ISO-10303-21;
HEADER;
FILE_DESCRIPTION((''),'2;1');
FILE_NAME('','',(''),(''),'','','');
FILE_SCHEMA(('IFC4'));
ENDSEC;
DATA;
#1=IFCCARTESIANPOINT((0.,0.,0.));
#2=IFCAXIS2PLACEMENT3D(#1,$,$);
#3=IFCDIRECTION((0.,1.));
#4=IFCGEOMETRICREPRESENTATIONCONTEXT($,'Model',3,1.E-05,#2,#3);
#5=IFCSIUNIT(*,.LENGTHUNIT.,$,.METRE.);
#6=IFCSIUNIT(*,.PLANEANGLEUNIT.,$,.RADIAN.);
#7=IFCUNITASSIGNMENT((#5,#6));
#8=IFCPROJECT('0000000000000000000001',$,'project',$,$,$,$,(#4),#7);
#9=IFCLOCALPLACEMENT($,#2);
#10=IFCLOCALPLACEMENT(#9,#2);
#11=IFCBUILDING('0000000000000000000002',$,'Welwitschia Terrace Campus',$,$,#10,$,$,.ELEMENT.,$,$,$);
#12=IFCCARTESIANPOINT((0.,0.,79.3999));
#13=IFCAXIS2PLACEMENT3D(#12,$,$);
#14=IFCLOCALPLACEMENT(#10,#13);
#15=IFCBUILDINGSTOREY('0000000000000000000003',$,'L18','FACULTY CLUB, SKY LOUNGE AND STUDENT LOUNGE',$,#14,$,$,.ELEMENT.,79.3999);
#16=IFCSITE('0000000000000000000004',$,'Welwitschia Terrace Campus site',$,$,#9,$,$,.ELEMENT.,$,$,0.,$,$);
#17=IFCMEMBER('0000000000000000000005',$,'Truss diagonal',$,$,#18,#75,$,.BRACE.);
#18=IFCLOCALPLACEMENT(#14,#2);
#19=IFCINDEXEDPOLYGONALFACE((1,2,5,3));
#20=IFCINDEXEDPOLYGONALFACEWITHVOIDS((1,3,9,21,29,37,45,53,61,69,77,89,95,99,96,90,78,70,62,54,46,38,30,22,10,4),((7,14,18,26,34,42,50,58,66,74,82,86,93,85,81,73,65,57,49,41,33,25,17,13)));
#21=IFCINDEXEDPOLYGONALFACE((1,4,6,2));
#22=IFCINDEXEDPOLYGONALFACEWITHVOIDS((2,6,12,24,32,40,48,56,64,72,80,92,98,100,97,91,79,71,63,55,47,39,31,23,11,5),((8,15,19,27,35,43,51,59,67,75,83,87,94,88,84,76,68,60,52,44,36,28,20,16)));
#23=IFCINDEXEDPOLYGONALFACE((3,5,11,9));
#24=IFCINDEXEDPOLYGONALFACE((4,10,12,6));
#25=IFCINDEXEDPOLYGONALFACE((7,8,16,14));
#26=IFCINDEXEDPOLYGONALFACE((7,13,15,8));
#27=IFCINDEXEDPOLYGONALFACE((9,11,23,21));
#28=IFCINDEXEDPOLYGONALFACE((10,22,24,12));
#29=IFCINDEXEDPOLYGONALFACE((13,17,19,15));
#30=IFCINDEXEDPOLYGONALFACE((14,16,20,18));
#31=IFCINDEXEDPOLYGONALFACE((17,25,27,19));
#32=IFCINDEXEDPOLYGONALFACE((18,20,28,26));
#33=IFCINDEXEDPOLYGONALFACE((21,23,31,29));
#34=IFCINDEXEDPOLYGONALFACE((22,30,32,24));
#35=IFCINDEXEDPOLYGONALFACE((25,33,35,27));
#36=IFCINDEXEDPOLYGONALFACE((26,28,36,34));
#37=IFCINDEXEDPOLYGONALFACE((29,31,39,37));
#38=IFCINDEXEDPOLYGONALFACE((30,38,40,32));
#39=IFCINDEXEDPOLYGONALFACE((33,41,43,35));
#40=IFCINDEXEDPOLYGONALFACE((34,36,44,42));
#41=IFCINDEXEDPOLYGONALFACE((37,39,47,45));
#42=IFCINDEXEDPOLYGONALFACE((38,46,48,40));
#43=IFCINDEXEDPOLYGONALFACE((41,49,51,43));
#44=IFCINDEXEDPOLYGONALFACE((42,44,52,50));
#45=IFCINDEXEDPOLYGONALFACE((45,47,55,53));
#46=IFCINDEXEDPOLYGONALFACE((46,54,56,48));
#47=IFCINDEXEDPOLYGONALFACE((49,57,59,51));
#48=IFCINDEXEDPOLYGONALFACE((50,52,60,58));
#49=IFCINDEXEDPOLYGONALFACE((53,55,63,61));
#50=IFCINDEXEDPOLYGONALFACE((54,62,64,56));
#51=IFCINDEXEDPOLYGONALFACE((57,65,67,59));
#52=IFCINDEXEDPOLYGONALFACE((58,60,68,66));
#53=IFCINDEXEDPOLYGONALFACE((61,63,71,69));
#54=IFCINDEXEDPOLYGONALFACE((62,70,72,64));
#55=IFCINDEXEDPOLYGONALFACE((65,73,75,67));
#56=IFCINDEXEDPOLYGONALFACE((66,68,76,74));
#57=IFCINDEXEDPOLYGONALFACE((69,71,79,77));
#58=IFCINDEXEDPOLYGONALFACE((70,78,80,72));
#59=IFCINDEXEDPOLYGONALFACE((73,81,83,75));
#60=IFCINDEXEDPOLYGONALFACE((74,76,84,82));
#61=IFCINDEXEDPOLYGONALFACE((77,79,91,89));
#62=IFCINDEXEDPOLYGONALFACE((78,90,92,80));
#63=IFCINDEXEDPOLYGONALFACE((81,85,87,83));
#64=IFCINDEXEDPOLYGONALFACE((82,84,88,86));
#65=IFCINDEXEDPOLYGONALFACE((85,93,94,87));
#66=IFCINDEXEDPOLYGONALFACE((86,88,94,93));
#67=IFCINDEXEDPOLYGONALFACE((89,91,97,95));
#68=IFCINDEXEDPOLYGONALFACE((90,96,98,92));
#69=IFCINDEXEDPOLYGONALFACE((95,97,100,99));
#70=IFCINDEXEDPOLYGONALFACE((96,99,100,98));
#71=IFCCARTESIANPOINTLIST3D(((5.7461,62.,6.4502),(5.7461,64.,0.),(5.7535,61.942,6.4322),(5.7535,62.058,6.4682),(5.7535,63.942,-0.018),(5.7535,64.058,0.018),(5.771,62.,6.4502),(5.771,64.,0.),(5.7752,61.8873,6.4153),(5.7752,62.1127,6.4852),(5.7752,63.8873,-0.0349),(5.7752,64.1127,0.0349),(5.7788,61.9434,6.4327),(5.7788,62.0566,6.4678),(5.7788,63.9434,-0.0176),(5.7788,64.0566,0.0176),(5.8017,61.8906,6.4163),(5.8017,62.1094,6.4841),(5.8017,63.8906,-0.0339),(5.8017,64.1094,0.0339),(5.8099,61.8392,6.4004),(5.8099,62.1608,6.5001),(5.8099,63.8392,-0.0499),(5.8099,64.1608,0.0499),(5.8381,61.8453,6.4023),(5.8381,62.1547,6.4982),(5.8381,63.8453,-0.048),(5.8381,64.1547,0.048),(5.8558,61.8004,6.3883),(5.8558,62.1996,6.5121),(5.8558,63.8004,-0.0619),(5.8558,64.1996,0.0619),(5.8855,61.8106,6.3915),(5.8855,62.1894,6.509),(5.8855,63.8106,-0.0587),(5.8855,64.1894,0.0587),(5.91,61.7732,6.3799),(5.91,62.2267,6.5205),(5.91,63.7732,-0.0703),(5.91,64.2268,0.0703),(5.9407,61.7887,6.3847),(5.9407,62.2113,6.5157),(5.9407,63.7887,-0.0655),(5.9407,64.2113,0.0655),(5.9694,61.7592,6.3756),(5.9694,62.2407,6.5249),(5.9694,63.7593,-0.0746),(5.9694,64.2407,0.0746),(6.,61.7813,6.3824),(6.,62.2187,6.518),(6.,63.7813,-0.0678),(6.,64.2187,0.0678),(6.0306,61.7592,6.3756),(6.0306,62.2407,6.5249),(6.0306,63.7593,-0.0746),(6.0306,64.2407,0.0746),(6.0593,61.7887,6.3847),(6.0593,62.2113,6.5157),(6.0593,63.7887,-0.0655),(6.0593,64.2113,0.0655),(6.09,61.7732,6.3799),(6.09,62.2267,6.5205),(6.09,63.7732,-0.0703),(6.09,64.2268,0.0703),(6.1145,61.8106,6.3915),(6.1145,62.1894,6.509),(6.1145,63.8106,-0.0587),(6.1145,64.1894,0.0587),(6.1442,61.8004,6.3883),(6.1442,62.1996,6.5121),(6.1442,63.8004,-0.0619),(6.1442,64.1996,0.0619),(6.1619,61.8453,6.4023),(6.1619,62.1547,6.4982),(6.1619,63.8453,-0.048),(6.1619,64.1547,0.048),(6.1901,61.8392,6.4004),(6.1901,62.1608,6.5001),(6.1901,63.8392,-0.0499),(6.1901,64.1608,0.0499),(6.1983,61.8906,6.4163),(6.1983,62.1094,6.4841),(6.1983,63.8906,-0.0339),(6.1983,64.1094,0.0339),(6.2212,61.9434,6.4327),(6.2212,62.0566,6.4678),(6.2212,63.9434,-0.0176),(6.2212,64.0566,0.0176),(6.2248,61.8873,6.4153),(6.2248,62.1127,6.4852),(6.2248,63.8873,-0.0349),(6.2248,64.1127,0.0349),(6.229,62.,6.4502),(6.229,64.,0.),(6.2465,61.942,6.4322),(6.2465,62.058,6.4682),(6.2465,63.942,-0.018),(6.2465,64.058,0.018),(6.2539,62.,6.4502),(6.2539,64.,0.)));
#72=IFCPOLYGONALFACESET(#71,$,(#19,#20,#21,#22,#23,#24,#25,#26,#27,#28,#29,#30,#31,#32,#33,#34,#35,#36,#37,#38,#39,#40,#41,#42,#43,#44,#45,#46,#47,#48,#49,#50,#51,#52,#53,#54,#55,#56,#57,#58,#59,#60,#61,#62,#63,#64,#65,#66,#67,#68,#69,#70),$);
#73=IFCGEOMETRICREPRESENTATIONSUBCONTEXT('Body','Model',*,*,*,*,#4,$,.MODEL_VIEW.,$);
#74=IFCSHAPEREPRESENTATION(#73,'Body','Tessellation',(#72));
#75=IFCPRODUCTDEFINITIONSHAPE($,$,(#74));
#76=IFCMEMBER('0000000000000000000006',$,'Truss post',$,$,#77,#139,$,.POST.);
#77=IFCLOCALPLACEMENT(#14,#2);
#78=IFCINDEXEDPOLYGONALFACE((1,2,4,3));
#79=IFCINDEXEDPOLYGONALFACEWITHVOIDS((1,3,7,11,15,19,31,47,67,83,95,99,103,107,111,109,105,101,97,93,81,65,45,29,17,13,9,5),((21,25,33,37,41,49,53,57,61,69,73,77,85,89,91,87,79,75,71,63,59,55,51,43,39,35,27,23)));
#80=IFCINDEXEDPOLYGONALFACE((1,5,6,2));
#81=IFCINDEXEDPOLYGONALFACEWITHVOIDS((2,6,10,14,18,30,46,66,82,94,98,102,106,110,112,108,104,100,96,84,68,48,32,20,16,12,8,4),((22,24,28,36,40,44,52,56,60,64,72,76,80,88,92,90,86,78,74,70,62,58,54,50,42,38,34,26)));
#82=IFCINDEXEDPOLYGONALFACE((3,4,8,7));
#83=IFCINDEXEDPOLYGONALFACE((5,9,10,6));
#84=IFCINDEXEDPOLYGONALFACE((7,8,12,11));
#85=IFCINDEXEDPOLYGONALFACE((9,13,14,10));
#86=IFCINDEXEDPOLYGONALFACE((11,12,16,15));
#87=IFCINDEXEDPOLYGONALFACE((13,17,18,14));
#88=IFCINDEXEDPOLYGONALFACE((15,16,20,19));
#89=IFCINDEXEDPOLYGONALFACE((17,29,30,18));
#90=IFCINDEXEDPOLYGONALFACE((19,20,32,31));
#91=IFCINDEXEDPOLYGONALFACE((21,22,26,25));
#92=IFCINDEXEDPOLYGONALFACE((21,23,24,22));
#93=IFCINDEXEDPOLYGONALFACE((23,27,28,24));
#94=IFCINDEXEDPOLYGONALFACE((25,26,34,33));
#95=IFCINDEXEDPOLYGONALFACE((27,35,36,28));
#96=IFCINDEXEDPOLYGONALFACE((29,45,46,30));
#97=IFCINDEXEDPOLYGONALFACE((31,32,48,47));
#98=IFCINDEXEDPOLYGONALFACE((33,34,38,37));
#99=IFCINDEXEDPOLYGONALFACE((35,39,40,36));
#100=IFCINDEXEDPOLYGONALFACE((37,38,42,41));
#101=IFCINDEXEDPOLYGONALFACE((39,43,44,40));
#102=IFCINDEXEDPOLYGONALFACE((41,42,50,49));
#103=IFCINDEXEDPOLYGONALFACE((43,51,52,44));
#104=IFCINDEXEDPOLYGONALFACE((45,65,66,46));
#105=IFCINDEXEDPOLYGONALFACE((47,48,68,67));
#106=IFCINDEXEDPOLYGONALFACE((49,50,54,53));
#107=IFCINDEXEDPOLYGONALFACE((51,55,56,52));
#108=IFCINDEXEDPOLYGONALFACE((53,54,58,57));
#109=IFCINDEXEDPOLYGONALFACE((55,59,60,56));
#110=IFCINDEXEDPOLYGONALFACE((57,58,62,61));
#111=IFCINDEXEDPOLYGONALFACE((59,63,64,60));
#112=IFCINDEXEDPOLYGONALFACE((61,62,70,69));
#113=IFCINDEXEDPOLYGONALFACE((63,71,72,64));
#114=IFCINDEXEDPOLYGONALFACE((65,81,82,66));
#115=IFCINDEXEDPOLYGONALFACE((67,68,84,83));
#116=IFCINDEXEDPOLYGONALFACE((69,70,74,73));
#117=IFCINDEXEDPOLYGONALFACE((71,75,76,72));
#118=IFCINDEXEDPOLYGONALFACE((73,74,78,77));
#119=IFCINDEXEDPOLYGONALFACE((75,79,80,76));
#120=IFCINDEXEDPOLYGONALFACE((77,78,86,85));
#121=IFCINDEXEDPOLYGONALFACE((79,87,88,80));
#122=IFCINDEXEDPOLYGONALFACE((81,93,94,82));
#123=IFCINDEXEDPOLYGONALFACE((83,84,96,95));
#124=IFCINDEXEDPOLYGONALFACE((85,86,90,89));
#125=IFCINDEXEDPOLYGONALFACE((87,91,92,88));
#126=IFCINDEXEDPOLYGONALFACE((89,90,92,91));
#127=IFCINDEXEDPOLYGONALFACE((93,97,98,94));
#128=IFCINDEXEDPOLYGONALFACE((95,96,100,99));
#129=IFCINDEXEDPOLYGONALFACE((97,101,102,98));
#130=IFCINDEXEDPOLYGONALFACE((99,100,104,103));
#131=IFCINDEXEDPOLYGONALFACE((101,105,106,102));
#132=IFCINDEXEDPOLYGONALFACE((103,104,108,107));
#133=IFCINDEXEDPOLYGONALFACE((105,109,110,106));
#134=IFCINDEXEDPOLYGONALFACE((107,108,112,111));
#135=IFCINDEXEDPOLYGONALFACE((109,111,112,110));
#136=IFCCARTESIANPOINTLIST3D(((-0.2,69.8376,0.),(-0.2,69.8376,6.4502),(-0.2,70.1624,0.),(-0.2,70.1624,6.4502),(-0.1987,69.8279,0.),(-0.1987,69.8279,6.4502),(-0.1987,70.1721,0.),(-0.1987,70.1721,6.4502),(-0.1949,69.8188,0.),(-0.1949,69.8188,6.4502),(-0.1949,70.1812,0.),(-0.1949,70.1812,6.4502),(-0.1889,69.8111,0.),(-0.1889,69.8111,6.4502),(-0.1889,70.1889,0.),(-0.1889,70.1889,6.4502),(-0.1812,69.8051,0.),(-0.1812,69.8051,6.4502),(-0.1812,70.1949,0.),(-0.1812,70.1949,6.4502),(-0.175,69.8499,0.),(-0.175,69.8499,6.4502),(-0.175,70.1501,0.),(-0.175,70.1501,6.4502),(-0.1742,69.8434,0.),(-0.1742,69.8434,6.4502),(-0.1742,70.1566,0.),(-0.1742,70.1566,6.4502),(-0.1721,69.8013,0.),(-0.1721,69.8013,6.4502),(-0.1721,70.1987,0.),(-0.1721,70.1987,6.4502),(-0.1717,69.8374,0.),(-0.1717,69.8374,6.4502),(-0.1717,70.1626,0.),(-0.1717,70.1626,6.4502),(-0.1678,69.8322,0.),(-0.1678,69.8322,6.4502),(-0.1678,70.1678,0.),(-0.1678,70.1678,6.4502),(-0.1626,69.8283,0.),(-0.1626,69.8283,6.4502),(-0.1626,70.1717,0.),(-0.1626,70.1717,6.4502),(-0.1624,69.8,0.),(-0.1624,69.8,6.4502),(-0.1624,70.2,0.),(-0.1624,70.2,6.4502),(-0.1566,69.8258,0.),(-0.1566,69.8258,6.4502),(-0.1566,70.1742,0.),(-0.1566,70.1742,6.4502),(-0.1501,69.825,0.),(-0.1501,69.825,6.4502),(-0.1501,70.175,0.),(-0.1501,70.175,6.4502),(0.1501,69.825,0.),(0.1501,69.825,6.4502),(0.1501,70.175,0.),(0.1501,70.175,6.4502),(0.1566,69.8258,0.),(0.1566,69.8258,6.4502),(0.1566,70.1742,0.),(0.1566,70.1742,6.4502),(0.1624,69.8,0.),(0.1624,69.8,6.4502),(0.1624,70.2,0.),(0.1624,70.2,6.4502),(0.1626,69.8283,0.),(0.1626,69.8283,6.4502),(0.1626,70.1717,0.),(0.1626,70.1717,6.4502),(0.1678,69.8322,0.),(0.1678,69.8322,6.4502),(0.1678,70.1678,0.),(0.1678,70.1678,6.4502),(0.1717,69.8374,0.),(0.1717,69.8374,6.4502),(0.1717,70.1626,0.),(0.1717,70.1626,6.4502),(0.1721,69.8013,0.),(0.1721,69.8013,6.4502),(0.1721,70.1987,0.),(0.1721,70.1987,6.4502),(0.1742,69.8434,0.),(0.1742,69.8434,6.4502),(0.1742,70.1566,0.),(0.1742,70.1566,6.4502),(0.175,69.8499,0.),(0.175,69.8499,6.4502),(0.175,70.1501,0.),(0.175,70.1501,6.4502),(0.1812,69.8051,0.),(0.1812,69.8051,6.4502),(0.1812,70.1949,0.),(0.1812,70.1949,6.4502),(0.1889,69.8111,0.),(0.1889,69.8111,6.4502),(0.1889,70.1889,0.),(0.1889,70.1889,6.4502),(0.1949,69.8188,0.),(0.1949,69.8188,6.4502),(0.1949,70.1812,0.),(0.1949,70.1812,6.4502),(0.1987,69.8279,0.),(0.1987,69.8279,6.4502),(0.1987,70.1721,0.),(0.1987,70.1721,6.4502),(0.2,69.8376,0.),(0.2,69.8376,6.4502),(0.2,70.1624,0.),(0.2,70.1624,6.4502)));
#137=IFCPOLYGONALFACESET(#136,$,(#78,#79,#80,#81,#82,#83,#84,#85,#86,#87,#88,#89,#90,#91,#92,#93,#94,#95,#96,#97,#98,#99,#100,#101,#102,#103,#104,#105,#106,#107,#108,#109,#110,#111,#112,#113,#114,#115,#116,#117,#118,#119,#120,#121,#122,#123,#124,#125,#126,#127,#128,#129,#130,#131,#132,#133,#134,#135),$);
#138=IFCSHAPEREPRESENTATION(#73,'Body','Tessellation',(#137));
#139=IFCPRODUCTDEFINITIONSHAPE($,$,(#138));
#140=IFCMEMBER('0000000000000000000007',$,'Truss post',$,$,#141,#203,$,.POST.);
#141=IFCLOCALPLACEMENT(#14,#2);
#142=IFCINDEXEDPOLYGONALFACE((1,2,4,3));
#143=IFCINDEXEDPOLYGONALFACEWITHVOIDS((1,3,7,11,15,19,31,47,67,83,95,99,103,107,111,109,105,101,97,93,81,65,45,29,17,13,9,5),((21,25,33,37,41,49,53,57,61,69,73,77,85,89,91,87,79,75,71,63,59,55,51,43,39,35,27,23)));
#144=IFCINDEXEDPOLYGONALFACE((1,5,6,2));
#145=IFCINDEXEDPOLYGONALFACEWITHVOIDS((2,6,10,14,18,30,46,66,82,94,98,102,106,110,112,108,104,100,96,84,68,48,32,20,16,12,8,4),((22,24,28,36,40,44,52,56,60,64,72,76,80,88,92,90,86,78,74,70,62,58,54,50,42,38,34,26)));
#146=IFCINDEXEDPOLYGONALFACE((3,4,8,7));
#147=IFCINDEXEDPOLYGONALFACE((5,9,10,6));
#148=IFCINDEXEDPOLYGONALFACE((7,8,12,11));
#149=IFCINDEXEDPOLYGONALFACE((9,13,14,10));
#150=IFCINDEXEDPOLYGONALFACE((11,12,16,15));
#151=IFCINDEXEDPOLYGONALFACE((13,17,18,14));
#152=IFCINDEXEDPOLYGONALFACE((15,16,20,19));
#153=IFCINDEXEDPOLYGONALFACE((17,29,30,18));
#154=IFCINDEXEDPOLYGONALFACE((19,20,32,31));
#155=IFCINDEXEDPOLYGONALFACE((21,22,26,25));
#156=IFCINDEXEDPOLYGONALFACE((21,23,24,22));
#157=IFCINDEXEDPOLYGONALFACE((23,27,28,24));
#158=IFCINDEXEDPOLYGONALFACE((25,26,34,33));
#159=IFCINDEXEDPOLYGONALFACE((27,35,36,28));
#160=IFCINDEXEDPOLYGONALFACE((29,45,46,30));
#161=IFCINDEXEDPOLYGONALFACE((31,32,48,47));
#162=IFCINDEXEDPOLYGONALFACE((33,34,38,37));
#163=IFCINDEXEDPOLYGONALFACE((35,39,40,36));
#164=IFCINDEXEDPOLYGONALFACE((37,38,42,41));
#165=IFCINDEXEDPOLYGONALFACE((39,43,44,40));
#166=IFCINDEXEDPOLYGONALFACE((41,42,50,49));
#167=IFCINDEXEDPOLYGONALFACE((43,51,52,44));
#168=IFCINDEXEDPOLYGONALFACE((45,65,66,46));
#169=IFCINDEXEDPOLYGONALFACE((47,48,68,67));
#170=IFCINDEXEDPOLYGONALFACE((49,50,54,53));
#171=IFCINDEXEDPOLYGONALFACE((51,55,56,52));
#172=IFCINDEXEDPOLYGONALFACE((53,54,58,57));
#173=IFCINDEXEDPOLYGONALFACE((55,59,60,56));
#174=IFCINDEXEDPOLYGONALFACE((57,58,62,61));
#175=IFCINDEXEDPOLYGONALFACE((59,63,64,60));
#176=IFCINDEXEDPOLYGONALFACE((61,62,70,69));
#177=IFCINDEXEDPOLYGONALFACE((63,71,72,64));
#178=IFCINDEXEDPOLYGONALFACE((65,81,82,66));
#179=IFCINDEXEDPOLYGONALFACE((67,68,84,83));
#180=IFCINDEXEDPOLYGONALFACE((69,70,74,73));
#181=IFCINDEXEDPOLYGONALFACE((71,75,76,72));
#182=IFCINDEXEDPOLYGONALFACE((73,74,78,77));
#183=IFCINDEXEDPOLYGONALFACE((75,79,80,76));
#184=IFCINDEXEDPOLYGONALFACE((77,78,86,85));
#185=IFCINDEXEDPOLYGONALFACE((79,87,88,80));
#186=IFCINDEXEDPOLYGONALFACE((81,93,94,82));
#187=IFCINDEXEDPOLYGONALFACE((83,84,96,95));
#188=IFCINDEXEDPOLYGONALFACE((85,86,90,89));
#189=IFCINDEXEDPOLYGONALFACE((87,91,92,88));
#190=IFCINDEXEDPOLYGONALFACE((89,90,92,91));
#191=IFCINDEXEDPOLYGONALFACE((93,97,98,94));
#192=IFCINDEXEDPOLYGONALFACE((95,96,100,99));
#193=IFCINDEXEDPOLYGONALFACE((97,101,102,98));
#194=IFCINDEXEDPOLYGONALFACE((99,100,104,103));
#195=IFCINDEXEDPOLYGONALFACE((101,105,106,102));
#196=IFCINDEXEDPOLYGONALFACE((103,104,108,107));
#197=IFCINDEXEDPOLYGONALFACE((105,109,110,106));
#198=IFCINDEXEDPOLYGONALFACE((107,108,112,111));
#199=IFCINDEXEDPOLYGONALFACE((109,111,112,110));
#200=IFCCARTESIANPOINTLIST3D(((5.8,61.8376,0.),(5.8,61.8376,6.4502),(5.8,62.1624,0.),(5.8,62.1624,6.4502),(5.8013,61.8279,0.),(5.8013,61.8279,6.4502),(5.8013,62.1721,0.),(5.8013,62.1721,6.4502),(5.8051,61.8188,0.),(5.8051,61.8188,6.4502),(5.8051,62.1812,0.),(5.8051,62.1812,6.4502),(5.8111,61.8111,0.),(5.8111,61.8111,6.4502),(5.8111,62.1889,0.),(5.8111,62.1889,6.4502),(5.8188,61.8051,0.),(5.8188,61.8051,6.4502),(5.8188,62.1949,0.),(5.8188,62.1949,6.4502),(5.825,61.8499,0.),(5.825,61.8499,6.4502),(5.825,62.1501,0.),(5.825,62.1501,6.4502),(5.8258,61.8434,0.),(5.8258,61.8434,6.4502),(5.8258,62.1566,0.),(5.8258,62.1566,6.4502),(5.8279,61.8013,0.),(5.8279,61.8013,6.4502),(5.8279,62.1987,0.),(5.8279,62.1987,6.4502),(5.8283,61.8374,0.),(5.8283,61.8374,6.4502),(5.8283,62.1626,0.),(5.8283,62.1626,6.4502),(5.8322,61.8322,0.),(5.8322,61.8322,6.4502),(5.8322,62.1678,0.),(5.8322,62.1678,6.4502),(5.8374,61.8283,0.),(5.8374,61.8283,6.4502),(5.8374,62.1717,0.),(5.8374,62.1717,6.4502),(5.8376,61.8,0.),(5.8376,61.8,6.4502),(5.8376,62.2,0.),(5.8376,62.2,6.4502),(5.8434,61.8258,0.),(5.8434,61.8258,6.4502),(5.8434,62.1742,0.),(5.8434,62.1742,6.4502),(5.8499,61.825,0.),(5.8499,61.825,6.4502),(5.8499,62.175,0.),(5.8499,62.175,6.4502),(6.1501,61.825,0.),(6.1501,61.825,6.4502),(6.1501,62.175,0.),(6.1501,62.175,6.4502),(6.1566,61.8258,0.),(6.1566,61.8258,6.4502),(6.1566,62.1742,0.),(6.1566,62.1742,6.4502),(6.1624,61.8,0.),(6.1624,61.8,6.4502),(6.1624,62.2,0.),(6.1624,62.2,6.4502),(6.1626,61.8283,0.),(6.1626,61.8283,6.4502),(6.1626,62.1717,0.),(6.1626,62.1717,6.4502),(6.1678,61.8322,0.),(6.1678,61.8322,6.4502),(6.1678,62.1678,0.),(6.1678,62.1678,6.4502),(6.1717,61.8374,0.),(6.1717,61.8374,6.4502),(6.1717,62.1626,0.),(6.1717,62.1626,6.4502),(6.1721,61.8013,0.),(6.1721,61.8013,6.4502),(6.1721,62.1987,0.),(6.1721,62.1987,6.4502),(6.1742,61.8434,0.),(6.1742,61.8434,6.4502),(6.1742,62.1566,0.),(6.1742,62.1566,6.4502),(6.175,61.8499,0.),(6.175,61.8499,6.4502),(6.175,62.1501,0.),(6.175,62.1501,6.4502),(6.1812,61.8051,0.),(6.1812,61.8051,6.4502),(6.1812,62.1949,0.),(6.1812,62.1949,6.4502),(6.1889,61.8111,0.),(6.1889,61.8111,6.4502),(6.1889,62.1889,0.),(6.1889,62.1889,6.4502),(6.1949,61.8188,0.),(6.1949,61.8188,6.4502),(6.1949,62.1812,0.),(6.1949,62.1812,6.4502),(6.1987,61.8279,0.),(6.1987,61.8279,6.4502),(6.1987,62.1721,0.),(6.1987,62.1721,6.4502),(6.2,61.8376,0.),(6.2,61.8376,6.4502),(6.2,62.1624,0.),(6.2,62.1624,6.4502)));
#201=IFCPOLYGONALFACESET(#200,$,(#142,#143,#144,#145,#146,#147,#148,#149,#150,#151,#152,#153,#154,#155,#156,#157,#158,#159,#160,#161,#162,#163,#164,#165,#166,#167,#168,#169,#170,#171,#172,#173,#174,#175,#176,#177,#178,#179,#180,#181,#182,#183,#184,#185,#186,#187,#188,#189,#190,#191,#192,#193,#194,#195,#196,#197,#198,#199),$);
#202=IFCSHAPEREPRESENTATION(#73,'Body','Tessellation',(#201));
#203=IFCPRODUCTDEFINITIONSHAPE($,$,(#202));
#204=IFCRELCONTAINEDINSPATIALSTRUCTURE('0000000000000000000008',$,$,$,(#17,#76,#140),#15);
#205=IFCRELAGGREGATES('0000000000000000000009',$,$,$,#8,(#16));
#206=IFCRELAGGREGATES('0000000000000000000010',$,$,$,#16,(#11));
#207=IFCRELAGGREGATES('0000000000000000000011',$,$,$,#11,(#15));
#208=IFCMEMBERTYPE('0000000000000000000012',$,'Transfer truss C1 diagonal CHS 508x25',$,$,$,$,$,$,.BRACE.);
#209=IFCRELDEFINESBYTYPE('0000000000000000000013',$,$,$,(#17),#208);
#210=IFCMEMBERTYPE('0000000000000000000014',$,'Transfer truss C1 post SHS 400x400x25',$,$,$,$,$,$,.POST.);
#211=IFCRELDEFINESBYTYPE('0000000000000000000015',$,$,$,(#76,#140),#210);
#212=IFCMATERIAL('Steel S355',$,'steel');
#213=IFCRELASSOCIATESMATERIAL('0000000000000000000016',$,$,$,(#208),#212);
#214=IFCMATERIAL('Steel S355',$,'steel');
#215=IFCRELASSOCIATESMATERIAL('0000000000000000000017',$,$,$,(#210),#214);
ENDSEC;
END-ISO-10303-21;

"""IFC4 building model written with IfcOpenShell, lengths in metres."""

from ifc_helpers import new_model, si_unit, direction, frame, origin, origin_2d, place, context, subcontext, project, spatial, hollow_rectangle, hollow_circle, extrude, material, material_profile, profile_set, type_object, element, save


model = new_model("IFC4")

# Units and contexts
model_context = context("Model", 3, precision=1e-05, world=origin(), true_north=direction((0.0, 1.0)))
body_context = subcontext(model_context, "Body", "Model", "MODEL_VIEW")
ifc_project = project(units=[si_unit("LENGTHUNIT", "METRE"), si_unit("PLANEANGLEUNIT", "RADIAN")], contexts=[model_context])

# Site, building, storey
site_placement = place(None, origin())
site = spatial("IfcSite", under=ifc_project, at=site_placement, Name="Welwitschia Terrace Campus site", CompositionType="ELEMENT", RefElevation=0.0)
building_placement = place(site_placement, origin())
building = spatial("IfcBuilding", under=site, at=building_placement, Name="Welwitschia Terrace Campus", CompositionType="ELEMENT")
storey_placement = place(building_placement, frame((0.0, 0.0, 79.3999)))
storey = spatial("IfcBuildingStorey", under=building, at=storey_placement, Name="L18", Description="FACULTY CLUB, SKY LOUNGE AND STUDENT LOUNGE", CompositionType="ELEMENT", Elevation=79.3999)

# Members
ifc_material_1 = material(Name="Steel S355", Category="steel")
ifc_material_profile_1 = material_profile(ifc_material_1, hollow_circle(Radius=0.2539, WallThickness=0.0249, at=origin_2d()))
ifc_profile_set_1 = profile_set([ifc_material_profile_1], Name="Steel S355")
member_type_1 = type_object("IfcMemberType", Name="Transfer truss C1 diagonal CHS 508x25", PredefinedType="BRACE", material=ifc_profile_set_1)
member_1_placement = place(storey_placement, frame((6.0, 64.0, 0.0), z_axis=(0.0, -0.296158, 0.955139), x_axis=(1.0, 0.0, 0.0)))
element("IfcMember", 1, at=member_1_placement, inside=storey, type_object=member_type_1, Name="Truss diagonal", PredefinedType="BRACE", context=body_context, shape_type="SweptSolid", body=[
    extrude(hollow_circle(Radius=0.2539, WallThickness=0.0249, at=origin_2d()), origin(), (0.0, 0.0, 1.0), 6.7532),
])
ifc_material_2 = material(Name="Steel S355", Category="steel")
ifc_material_profile_2 = material_profile(ifc_material_2, hollow_rectangle(XDim=0.3999, YDim=0.3999, WallThickness=0.0249, InnerFilletRadius=0.0249, OuterFilletRadius=0.0376, at=origin_2d()))
ifc_profile_set_2 = profile_set([ifc_material_profile_2], Name="Steel S355")
member_type_2 = type_object("IfcMemberType", Name="Transfer truss C1 post SHS 400x400x25", PredefinedType="POST", material=ifc_profile_set_2)
for number, where, z_axis, x_axis, name in (
    (2, (0.0, 70.0, 0.0), (0.0, 0.0, 1.0), (1.0, 0.0, 0.0), "Truss post"),
    (3, (6.0, 62.0, 0.0), (0.0, 0.0, 1.0), (1.0, 0.0, 0.0), "Truss post"),
):
    element("IfcMember", number, at=place(storey_placement, frame(where, z_axis=z_axis, x_axis=x_axis)), inside=storey, type_object=member_type_2, Name=name, PredefinedType="POST", context=body_context, shape_type="SweptSolid", body=[
        extrude(hollow_rectangle(XDim=0.3999, YDim=0.3999, WallThickness=0.0249, InnerFilletRadius=0.0249, OuterFilletRadius=0.0376, at=origin_2d()), origin(), (0.0, 0.0, 1.0), 6.4502),
    ])

save(model, "model.ifc")
